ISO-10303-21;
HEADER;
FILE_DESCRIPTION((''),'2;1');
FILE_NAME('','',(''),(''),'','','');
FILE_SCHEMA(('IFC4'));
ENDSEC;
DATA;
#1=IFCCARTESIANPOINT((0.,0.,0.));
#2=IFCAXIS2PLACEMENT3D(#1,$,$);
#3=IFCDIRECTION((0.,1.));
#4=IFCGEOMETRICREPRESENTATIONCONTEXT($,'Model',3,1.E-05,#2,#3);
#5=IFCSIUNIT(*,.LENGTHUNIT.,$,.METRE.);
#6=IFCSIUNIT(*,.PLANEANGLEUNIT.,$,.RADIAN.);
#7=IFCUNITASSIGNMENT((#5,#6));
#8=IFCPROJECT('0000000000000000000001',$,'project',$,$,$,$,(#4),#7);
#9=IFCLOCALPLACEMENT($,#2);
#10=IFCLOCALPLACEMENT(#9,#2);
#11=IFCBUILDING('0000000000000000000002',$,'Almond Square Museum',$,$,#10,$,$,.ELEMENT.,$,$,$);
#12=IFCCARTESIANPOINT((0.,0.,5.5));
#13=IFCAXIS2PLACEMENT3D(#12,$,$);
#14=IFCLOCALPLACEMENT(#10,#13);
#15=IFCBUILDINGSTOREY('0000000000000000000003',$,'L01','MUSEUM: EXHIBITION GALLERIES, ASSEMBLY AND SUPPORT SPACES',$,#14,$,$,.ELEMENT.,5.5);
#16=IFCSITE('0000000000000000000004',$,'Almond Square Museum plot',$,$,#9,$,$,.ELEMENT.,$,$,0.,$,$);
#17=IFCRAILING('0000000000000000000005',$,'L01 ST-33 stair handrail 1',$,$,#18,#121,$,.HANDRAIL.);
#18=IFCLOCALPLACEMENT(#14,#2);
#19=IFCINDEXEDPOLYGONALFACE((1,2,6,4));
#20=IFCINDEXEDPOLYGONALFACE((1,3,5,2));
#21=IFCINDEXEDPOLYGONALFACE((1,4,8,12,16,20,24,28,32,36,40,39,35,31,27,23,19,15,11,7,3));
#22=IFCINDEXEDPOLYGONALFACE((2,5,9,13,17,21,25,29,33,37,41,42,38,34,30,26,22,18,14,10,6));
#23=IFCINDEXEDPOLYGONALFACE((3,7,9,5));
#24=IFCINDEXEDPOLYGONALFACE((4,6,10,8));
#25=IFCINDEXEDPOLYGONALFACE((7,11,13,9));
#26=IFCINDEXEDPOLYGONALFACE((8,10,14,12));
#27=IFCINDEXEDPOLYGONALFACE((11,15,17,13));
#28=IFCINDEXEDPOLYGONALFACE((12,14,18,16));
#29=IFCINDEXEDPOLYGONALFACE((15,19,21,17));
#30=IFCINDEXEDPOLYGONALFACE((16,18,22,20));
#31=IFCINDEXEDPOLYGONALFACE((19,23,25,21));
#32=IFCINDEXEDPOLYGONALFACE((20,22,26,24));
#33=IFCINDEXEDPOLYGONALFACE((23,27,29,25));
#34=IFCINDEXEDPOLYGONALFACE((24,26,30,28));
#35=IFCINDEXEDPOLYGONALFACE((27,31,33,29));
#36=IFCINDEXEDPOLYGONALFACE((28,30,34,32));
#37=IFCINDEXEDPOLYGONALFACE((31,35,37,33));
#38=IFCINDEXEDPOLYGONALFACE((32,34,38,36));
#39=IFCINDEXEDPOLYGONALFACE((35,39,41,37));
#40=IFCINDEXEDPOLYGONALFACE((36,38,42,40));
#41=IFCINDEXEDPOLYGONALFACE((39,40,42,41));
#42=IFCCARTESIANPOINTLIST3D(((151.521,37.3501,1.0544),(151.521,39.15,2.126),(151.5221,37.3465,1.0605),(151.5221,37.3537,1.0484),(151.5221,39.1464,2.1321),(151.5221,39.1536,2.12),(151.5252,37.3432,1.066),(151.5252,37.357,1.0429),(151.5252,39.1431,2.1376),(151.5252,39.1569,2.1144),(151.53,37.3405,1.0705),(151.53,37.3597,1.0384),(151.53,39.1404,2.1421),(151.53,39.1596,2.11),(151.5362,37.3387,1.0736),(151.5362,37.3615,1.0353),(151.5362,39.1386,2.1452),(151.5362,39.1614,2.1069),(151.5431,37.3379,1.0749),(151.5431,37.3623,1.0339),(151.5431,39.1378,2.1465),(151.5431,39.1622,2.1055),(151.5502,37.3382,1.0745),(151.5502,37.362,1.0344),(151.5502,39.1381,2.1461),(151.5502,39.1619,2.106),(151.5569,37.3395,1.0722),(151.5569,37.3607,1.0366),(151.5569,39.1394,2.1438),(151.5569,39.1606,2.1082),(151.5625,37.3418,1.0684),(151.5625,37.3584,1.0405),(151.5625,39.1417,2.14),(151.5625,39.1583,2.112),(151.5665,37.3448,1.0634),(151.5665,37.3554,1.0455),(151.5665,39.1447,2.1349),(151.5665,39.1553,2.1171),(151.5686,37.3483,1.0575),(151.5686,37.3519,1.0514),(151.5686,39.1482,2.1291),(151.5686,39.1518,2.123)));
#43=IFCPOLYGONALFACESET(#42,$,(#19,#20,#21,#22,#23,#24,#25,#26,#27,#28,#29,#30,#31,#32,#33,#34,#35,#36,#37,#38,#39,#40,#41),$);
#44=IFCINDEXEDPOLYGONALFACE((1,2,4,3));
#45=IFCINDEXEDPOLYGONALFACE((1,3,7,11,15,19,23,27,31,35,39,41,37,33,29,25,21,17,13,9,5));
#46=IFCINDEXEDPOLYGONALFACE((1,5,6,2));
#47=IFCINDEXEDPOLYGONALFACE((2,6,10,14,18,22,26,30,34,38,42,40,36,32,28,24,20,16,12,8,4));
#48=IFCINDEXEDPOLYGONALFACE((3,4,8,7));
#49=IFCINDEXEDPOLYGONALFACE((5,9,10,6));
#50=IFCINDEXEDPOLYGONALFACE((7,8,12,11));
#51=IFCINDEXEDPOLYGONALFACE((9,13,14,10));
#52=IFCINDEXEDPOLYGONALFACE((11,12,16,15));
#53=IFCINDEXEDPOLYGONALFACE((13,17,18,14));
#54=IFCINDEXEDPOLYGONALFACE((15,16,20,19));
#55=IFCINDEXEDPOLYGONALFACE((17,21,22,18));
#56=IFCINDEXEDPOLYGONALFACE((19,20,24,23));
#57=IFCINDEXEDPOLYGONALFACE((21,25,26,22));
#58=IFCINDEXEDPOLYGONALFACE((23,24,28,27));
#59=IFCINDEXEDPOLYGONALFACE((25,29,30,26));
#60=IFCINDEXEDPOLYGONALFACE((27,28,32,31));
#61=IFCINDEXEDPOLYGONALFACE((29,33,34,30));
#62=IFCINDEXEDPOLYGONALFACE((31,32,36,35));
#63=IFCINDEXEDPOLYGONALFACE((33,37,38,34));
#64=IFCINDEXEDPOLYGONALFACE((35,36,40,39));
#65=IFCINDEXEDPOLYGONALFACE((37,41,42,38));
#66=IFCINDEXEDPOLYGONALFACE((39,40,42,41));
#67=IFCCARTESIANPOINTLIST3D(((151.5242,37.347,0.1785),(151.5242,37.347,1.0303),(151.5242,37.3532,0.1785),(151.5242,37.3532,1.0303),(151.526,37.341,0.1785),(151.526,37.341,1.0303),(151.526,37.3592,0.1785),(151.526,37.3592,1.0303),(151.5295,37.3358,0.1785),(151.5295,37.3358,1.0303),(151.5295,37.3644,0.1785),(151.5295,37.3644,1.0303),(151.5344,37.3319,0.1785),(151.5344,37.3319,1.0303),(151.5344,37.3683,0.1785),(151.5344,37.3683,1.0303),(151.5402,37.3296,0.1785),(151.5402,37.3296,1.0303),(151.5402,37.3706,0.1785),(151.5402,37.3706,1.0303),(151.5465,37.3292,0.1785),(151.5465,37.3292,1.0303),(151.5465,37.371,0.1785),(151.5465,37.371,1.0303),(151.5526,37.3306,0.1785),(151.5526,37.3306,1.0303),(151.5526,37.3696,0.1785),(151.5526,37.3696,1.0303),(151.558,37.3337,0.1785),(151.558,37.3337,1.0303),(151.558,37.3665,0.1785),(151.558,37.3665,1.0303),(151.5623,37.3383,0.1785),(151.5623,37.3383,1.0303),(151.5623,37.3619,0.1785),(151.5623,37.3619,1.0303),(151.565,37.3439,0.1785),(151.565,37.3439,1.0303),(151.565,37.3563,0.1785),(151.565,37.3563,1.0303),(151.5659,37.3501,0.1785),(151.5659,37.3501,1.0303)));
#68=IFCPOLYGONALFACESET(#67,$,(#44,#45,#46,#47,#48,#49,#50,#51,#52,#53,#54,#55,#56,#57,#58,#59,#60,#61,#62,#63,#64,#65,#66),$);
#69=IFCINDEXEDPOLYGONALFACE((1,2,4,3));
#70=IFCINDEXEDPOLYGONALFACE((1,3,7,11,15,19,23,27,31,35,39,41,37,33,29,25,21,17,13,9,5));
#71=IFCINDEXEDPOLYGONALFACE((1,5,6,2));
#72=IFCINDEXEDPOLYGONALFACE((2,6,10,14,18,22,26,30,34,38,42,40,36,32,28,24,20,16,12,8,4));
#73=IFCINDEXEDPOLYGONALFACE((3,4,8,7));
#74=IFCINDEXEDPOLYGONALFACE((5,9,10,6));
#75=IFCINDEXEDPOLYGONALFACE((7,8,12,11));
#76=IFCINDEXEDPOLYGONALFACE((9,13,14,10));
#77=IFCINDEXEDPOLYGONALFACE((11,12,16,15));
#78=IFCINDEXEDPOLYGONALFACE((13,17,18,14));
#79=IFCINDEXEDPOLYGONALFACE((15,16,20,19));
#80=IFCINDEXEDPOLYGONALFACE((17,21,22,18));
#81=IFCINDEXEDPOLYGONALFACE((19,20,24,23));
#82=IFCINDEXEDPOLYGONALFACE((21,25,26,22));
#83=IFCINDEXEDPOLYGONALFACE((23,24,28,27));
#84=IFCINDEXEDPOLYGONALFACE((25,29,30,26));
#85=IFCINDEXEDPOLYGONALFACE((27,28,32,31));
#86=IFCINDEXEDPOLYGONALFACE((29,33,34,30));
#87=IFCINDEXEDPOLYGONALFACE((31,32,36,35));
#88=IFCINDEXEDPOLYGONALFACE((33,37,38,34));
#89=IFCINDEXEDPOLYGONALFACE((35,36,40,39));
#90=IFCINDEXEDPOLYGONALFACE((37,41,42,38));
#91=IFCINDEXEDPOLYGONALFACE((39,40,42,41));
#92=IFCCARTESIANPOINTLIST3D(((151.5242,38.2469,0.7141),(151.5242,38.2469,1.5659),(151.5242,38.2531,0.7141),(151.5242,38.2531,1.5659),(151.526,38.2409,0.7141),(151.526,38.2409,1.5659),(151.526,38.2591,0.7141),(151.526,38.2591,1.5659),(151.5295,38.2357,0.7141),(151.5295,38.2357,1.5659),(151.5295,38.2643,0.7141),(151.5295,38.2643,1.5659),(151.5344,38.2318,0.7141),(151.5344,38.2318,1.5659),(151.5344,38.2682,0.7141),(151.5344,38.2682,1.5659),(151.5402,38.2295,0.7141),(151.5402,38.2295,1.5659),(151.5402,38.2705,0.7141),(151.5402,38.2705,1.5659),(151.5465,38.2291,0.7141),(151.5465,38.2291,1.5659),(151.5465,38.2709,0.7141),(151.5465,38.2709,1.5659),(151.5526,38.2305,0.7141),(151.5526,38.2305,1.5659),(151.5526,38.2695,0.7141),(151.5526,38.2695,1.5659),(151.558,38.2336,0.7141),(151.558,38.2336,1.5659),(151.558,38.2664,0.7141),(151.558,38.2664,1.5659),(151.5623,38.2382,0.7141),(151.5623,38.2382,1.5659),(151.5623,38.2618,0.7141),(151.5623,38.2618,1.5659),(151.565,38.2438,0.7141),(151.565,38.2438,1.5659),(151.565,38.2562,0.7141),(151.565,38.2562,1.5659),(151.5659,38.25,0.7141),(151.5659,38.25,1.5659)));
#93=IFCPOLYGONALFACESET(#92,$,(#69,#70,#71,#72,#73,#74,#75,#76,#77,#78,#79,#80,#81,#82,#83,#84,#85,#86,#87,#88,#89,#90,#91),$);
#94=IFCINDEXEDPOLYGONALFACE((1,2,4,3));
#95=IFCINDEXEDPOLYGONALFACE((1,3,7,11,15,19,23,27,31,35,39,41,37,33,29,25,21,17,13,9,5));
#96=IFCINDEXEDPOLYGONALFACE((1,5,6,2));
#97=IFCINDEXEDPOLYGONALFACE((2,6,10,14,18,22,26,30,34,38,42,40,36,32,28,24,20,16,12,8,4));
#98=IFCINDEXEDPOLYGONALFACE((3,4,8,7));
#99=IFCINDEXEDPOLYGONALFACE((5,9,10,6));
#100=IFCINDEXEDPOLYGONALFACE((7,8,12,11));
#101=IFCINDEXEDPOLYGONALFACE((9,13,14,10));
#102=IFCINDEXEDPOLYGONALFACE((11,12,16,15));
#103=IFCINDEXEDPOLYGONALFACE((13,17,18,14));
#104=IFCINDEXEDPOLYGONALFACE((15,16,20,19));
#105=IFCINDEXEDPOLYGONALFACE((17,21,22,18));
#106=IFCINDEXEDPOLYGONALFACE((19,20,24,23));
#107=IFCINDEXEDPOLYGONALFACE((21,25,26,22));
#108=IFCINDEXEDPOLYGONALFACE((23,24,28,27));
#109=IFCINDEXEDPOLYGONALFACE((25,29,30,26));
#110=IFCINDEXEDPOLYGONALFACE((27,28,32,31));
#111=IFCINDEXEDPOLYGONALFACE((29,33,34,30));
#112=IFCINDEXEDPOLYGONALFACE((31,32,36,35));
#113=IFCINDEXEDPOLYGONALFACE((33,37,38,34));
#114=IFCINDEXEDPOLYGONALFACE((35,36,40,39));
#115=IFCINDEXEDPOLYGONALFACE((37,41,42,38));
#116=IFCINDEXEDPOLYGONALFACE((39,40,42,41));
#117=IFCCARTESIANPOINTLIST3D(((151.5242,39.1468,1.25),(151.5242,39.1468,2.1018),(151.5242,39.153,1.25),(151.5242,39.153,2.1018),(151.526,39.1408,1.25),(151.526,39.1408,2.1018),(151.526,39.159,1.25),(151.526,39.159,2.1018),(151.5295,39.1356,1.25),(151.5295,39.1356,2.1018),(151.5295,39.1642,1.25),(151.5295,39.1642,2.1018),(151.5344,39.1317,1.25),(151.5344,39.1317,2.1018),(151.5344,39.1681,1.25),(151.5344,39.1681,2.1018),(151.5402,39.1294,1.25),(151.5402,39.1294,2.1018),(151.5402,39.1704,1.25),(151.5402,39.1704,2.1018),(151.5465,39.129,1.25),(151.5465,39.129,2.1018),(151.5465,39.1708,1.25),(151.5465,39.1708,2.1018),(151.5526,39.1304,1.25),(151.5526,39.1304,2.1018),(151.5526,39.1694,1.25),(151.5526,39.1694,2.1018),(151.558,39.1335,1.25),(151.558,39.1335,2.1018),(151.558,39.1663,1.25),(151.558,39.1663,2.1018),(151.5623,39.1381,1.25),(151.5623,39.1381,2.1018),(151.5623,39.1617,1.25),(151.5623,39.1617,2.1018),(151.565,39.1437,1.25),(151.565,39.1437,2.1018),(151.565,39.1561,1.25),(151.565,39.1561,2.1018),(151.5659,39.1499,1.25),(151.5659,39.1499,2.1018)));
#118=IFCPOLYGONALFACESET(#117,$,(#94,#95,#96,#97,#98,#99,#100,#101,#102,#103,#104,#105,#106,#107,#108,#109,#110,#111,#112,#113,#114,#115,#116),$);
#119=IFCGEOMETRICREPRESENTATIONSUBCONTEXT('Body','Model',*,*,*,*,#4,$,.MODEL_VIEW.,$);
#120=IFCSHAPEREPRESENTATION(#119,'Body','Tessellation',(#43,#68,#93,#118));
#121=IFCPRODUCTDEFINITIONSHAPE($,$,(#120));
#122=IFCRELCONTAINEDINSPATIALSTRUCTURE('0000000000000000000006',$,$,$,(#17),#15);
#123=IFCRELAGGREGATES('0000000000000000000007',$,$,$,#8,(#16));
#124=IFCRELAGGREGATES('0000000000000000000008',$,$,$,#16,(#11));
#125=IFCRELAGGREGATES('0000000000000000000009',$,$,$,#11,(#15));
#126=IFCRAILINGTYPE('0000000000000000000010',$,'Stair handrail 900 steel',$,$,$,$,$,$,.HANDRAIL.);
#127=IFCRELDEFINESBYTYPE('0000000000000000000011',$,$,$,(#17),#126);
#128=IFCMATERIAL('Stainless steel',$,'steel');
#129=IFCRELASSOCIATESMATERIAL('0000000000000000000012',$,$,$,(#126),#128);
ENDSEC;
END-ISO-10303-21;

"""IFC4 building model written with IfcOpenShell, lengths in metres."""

from ifc_helpers import new_model, si_unit, direction, frame, origin, origin_2d, place, context, subcontext, project, spatial, circle, extrude, material, type_object, element, save


model = new_model("IFC4")

# Units and contexts
model_context = context("Model", 3, precision=1e-05, world=origin(), true_north=direction((0.0, 1.0)))
body_context = subcontext(model_context, "Body", "Model", "MODEL_VIEW")
ifc_project = project(units=[si_unit("LENGTHUNIT", "METRE"), si_unit("PLANEANGLEUNIT", "RADIAN")], contexts=[model_context])

# Site, building, storey
site_placement = place(None, origin())
site = spatial("IfcSite", under=ifc_project, at=site_placement, Name="Almond Square Museum plot", CompositionType="ELEMENT", RefElevation=0.0)
building_placement = place(site_placement, origin())
building = spatial("IfcBuilding", under=site, at=building_placement, Name="Almond Square Museum", CompositionType="ELEMENT")
storey_placement = place(building_placement, frame((0.0, 0.0, 5.5)))
storey = spatial("IfcBuildingStorey", under=building, at=storey_placement, Name="L01", Description="MUSEUM: EXHIBITION GALLERIES, ASSEMBLY AND SUPPORT SPACES", CompositionType="ELEMENT", Elevation=5.5)

# Railing
ifc_material_1 = material(Name="Stainless steel", Category="steel")
railing_type_1 = type_object("IfcRailingType", Name="Stair handrail 900 steel", PredefinedType="HANDRAIL", material=ifc_material_1)
railing_1_placement = place(storey_placement, frame((151.5449, 37.3501, 0.1785)))
element("IfcRailing", 1, at=railing_1_placement, inside=storey, type_object=railing_type_1, Name="L01 ST-33 stair handrail 1", PredefinedType="HANDRAIL", context=body_context, shape_type="SweptSolid", body=[
    extrude(circle(Radius=0.0239, at=origin_2d()), frame((0.0, 0.0, 0.876), z_axis=(0.0, 0.859247, 0.511562), x_axis=(-1.0, 0.0, 0.0)), (0.0, 0.0, 1.0), 2.0947),
    extrude(circle(Radius=0.021, at=origin_2d()), origin(), (0.0, 0.0, 1.0), 0.8518),
    extrude(circle(Radius=0.021, at=origin_2d()), frame((0.0, 0.8999, 0.5356)), (0.0, 0.0, 1.0), 0.8518),
    extrude(circle(Radius=0.021, at=origin_2d()), frame((0.0, 1.7998, 1.0715)), (0.0, 0.0, 1.0), 0.8518),
])

save(model, "model.ifc")
